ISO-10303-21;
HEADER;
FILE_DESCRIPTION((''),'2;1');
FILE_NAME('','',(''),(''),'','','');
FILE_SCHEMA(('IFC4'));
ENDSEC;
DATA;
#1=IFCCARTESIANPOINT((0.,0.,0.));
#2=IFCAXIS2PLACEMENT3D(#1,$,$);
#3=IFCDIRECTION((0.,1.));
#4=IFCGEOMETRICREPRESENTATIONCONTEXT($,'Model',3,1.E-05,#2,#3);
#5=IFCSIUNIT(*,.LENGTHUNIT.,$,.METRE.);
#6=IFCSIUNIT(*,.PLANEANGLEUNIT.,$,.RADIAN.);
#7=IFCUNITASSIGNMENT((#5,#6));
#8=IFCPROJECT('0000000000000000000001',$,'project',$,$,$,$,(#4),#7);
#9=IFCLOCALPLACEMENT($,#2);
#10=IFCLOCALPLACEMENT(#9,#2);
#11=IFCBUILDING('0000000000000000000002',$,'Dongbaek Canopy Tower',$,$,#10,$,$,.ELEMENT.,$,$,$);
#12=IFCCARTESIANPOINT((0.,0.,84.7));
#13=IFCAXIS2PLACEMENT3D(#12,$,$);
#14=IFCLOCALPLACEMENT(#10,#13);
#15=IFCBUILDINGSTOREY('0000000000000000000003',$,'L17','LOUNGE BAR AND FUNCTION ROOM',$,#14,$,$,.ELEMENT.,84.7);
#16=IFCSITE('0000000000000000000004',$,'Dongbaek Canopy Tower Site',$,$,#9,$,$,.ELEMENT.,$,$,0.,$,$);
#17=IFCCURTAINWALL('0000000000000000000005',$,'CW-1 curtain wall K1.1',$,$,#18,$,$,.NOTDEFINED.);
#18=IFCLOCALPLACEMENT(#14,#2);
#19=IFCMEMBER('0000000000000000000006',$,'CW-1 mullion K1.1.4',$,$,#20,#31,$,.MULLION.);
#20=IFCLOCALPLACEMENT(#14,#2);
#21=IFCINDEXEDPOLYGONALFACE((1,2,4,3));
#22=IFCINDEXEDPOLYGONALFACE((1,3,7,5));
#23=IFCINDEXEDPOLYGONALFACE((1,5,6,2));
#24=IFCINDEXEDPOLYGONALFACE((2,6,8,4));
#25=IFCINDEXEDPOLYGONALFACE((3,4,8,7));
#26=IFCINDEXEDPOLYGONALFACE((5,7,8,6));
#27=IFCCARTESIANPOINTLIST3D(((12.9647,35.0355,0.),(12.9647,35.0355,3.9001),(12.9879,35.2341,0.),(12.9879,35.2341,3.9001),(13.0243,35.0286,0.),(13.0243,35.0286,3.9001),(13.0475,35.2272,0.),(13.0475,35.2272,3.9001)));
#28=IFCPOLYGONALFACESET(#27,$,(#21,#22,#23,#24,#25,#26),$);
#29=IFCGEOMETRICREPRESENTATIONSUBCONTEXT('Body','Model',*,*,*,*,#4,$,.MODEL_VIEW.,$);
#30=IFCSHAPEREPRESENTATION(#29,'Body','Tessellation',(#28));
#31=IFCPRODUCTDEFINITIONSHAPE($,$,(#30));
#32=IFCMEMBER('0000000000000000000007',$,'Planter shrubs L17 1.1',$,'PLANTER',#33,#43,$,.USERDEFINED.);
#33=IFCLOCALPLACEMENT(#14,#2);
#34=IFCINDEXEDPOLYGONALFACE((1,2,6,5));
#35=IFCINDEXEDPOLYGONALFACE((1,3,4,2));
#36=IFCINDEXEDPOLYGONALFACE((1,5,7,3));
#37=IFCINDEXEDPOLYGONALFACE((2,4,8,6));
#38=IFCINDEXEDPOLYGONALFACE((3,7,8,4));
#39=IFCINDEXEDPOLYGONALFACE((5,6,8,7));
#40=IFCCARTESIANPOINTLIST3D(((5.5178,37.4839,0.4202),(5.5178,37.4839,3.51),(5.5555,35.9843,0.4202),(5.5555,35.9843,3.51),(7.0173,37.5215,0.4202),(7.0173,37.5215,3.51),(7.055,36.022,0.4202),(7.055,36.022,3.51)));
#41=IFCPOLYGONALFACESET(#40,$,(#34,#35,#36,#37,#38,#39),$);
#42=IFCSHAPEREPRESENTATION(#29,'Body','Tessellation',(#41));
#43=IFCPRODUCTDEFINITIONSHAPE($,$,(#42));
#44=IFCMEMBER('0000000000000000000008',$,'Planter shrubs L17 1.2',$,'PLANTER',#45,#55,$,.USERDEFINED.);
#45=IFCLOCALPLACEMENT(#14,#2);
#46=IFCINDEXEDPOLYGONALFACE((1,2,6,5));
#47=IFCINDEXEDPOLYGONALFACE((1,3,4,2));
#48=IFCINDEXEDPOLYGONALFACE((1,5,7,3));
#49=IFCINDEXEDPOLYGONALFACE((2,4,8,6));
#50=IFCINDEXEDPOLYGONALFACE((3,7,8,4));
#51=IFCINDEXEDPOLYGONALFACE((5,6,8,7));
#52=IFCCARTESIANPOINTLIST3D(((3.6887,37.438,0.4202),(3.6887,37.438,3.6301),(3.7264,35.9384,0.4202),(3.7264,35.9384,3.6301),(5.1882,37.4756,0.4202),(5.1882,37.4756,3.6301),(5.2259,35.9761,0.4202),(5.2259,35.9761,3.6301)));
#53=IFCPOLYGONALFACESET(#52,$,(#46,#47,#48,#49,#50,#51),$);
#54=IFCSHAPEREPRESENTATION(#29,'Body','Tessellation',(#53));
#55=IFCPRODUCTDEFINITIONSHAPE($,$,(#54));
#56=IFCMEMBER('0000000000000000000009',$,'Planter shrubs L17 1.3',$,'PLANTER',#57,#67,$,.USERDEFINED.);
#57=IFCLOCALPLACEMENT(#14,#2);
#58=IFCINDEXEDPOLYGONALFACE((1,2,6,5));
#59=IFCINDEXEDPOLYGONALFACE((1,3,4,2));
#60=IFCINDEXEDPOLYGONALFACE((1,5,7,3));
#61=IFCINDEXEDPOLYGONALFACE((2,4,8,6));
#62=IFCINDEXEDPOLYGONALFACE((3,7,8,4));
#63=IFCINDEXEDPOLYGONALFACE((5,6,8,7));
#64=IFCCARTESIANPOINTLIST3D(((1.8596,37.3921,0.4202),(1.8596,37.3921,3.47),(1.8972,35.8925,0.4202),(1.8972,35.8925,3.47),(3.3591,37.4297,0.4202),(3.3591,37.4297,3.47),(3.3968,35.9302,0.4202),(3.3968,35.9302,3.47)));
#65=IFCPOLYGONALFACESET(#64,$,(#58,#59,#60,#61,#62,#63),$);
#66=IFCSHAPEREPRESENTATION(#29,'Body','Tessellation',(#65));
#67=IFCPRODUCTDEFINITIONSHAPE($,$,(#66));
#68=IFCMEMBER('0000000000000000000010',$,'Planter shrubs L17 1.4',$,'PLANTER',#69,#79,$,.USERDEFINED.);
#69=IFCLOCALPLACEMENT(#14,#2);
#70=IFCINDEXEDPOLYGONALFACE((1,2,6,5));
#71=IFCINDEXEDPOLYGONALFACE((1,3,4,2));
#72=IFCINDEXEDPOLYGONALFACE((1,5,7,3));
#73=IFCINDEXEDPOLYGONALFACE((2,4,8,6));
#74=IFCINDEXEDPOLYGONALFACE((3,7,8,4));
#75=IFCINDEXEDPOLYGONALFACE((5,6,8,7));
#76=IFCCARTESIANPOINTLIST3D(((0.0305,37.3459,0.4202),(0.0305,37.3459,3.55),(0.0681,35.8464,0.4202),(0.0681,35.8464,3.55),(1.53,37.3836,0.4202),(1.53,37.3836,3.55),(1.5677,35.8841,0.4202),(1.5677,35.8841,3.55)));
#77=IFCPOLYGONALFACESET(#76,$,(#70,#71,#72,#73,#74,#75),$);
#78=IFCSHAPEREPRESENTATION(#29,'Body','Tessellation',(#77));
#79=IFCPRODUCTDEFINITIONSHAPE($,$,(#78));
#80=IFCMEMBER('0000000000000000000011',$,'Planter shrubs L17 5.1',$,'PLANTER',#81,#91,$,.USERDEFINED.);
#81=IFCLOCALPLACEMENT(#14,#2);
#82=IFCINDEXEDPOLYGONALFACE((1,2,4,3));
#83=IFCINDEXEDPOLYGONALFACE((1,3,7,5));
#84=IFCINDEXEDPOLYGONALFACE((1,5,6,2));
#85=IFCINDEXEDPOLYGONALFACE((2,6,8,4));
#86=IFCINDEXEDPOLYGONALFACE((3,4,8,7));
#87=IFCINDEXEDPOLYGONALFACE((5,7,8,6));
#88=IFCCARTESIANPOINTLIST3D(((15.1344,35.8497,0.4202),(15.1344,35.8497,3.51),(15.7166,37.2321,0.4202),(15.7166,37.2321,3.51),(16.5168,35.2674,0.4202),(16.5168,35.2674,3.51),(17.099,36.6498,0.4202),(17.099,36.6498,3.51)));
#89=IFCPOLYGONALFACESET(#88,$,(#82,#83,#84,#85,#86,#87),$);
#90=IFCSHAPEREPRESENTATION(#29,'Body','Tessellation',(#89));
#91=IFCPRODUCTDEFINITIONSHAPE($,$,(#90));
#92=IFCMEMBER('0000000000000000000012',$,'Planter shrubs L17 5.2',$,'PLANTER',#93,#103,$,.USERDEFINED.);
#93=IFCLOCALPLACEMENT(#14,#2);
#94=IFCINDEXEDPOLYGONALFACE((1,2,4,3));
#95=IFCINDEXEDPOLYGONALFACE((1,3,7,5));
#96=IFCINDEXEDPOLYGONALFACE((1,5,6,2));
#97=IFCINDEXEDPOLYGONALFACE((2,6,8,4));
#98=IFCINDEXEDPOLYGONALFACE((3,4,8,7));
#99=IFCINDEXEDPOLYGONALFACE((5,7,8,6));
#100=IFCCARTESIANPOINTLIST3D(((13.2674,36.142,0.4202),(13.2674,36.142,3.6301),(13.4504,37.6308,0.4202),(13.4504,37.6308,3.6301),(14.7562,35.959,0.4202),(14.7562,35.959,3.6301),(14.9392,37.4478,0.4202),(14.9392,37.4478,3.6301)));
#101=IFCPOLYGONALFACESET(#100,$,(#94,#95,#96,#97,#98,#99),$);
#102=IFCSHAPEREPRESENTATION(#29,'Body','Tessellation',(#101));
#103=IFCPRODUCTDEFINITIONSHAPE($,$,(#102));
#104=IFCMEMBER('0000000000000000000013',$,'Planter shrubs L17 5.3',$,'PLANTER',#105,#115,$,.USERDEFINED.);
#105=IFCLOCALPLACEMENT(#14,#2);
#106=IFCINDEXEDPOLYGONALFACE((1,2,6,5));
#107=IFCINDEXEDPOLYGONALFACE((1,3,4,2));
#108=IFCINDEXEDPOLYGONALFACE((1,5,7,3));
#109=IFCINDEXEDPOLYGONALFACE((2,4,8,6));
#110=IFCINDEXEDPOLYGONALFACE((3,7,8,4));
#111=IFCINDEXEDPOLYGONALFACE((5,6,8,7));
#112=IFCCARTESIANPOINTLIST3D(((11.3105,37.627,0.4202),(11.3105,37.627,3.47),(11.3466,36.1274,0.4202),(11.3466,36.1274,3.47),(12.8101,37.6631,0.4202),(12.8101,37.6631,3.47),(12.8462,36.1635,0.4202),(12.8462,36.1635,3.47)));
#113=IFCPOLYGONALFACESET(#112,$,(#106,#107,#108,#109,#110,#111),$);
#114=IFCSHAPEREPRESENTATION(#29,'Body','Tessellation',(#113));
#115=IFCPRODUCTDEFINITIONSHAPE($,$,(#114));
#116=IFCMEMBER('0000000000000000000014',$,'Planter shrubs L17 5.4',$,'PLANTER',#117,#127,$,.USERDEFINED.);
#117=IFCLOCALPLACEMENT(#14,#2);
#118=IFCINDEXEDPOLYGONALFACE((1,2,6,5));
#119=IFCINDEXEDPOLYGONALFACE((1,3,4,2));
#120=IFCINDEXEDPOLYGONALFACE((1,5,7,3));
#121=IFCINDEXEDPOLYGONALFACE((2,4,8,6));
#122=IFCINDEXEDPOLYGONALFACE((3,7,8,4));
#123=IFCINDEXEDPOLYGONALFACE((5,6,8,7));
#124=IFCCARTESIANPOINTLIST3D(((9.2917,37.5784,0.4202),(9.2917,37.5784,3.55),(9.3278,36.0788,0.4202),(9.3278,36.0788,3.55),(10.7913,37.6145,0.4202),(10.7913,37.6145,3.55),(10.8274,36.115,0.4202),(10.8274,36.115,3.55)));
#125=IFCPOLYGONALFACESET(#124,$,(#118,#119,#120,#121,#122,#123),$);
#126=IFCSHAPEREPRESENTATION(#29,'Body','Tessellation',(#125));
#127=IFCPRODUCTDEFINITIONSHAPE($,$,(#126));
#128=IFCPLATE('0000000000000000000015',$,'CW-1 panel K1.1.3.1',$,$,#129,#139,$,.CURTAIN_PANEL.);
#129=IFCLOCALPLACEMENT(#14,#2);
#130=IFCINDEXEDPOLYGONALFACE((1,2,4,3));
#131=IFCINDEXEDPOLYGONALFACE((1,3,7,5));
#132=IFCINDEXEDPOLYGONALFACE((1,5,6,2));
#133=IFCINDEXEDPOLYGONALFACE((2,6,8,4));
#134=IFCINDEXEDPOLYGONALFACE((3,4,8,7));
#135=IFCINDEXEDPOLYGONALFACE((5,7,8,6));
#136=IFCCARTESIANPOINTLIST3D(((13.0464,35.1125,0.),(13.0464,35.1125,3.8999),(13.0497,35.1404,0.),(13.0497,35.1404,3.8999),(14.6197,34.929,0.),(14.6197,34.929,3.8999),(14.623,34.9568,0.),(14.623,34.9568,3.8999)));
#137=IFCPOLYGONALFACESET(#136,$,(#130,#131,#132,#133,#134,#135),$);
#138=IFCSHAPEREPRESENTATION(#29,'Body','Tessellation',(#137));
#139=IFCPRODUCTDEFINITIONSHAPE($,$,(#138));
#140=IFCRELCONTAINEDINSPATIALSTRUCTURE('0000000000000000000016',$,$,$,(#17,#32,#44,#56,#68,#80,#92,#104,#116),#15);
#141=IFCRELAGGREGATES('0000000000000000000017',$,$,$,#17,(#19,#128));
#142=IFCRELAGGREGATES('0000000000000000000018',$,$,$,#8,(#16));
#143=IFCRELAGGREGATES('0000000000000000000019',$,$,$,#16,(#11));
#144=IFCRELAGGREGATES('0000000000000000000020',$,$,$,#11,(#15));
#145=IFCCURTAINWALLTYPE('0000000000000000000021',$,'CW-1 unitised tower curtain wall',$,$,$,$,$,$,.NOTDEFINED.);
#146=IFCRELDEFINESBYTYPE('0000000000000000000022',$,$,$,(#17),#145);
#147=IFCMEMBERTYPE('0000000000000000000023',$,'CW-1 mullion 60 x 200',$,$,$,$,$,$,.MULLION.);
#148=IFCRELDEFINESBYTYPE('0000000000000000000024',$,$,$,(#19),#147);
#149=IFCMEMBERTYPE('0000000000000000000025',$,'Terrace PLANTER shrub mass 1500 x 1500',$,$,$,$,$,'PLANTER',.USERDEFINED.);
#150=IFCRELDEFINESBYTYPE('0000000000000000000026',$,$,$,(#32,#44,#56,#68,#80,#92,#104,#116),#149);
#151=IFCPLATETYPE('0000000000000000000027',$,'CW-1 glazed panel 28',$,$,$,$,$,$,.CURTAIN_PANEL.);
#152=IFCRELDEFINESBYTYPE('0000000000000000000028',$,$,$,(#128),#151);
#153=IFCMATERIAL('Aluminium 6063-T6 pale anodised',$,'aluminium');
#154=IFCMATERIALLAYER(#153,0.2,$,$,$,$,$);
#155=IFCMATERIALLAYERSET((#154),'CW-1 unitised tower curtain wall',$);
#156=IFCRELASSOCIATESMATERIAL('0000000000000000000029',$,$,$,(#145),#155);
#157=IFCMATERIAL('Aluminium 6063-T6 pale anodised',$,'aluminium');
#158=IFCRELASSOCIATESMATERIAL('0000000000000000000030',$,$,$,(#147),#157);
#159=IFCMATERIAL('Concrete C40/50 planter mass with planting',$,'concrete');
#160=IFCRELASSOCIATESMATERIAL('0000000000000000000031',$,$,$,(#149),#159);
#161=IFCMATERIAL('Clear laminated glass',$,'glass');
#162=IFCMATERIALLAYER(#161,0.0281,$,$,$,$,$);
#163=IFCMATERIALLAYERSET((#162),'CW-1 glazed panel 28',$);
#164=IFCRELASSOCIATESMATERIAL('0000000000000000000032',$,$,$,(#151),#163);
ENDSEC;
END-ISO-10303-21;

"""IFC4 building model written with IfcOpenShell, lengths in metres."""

from ifc_helpers import new_model, si_unit, direction, frame, origin, origin_2d, place, context, subcontext, project, spatial, rectangle, extrude, material, layer, layer_set, material_profile, profile_set, type_object, element, aggregate, save


model = new_model("IFC4")

# Units and contexts
model_context = context("Model", 3, precision=1e-05, world=origin(), true_north=direction((0.0, 1.0)))
body_context = subcontext(model_context, "Body", "Model", "MODEL_VIEW")
ifc_project = project(units=[si_unit("LENGTHUNIT", "METRE"), si_unit("PLANEANGLEUNIT", "RADIAN")], contexts=[model_context])

# Site, building, storey
site_placement = place(None, origin())
site = spatial("IfcSite", under=ifc_project, at=site_placement, Name="Dongbaek Canopy Tower Site", CompositionType="ELEMENT", RefElevation=0.0)
building_placement = place(site_placement, origin())
building = spatial("IfcBuilding", under=site, at=building_placement, Name="Dongbaek Canopy Tower", CompositionType="ELEMENT")
storey_placement = place(building_placement, frame((0.0, 0.0, 84.7)))
storey = spatial("IfcBuildingStorey", under=building, at=storey_placement, Name="L17", Description="LOUNGE BAR AND FUNCTION ROOM", CompositionType="ELEMENT", Elevation=84.7)

# Curtain wall, member
ifc_material_1 = material(Name="Aluminium 6063-T6 pale anodised", Category="aluminium")
ifc_layer_1 = layer(ifc_material_1, 0.2)
ifc_layer_set_1 = layer_set([ifc_layer_1], Name="CW-1 unitised tower curtain wall")
curtain_wall_type = type_object("IfcCurtainWallType", Name="CW-1 unitised tower curtain wall", PredefinedType="NOTDEFINED", material=ifc_layer_set_1)
curtain_wall_placement = place(storey_placement, origin())
curtain_wall = element("IfcCurtainWall", 1, at=curtain_wall_placement, inside=storey, type_object=curtain_wall_type, Name="CW-1 curtain wall K1.1", PredefinedType="NOTDEFINED")
ifc_material_2 = material(Name="Aluminium 6063-T6 pale anodised", Category="aluminium")
ifc_material_profile_1 = material_profile(ifc_material_2, rectangle(XDim=0.2, YDim=0.0601, at=origin_2d()), Name="CW-1 mullion 60 x 200")
ifc_profile_set_1 = profile_set([ifc_material_profile_1], Name="Aluminium 6063-T6 pale anodised")
member_type_1 = type_object("IfcMemberType", Name="CW-1 mullion 60 x 200", PredefinedType="MULLION", material=ifc_profile_set_1)
member_1_placement = place(storey_placement, frame((13.0061, 35.1313, 0.0), z_axis=(0.0, 0.0, 1.0), x_axis=(0.115864, 0.993265, 0.0)))
member_1 = element("IfcMember", 2, at=member_1_placement, type_object=member_type_1, Name="CW-1 mullion K1.1.4", PredefinedType="MULLION", context=body_context, shape_type="SweptSolid", body=[
    extrude(rectangle(XDim=0.2, YDim=0.0601, at=origin_2d()), origin(), (0.0, 0.0, 1.0), 3.9001),
])

# Members
ifc_material_3 = material(Name="Concrete C40/50 planter mass with planting", Category="concrete")
ifc_material_profile_2 = material_profile(ifc_material_3, rectangle(XDim=1.5, YDim=1.5, at=origin_2d()), Name="Terrace PLANTER shrub mass 1500 x 1500")
ifc_profile_set_2 = profile_set([ifc_material_profile_2], Name="Concrete C40/50 planter mass with planting")
member_type_2 = type_object("IfcMemberType", Name="Terrace PLANTER shrub mass 1500 x 1500", ElementType="PLANTER", PredefinedType="USERDEFINED", material=ifc_profile_set_2)
member_2_placement = place(storey_placement, frame((6.2864, 36.7529, 0.4202), z_axis=(0.0, 0.0, 1.0), x_axis=(-0.025119, 0.999684, 0.0)))
element("IfcMember", 3, at=member_2_placement, inside=storey, type_object=member_type_2, Name="Planter shrubs L17 1.1", ObjectType="PLANTER", PredefinedType="USERDEFINED", context=body_context, shape_type="SweptSolid", body=[
    extrude(rectangle(XDim=1.5, YDim=1.5, at=origin_2d()), origin(), (0.0, 0.0, 1.0), 3.0898),
])
member_3_placement = place(storey_placement, frame((4.4573, 36.707, 0.4202), z_axis=(0.0, 0.0, 1.0), x_axis=(-0.025119, 0.999684, 0.0)))
element("IfcMember", 4, at=member_3_placement, inside=storey, type_object=member_type_2, Name="Planter shrubs L17 1.2", ObjectType="PLANTER", PredefinedType="USERDEFINED", context=body_context, shape_type="SweptSolid", body=[
    extrude(rectangle(XDim=1.5, YDim=1.5, at=origin_2d()), origin(), (0.0, 0.0, 1.0), 3.21),
])
member_4_placement = place(storey_placement, frame((2.6282, 36.6611, 0.4202), z_axis=(0.0, 0.0, 1.0), x_axis=(-0.025119, 0.999684, 0.0)))
element("IfcMember", 5, at=member_4_placement, inside=storey, type_object=member_type_2, Name="Planter shrubs L17 1.3", ObjectType="PLANTER", PredefinedType="USERDEFINED", context=body_context, shape_type="SweptSolid", body=[
    extrude(rectangle(XDim=1.5, YDim=1.5, at=origin_2d()), origin(), (0.0, 0.0, 1.0), 3.0498),
])
member_5_placement = place(storey_placement, frame((0.7991, 36.615, 0.4202), z_axis=(0.0, 0.0, 1.0), x_axis=(-0.025119, 0.999684, 0.0)))
element("IfcMember", 6, at=member_5_placement, inside=storey, type_object=member_type_2, Name="Planter shrubs L17 1.4", ObjectType="PLANTER", PredefinedType="USERDEFINED", context=body_context, shape_type="SweptSolid", body=[
    extrude(rectangle(XDim=1.5, YDim=1.5, at=origin_2d()), origin(), (0.0, 0.0, 1.0), 3.1299),
])
member_6_placement = place(storey_placement, frame((16.1167, 36.2498, 0.4202), z_axis=(0.0, 0.0, 1.0), x_axis=(0.388145, 0.921598, 0.0)))
element("IfcMember", 7, at=member_6_placement, inside=storey, type_object=member_type_2, Name="Planter shrubs L17 5.1", ObjectType="PLANTER", PredefinedType="USERDEFINED", context=body_context, shape_type="SweptSolid", body=[
    extrude(rectangle(XDim=1.5, YDim=1.5, at=origin_2d()), origin(), (0.0, 0.0, 1.0), 3.0898),
])
member_7_placement = place(storey_placement, frame((14.1033, 36.7949, 0.4202), z_axis=(0.0, 0.0, 1.0), x_axis=(0.121986, 0.992532, 0.0)))
element("IfcMember", 8, at=member_7_placement, inside=storey, type_object=member_type_2, Name="Planter shrubs L17 5.2", ObjectType="PLANTER", PredefinedType="USERDEFINED", context=body_context, shape_type="SweptSolid", body=[
    extrude(rectangle(XDim=1.5, YDim=1.5, at=origin_2d()), origin(), (0.0, 0.0, 1.0), 3.21),
])
member_8_placement = place(storey_placement, frame((12.0784, 36.8953, 0.4202), z_axis=(0.0, 0.0, 1.0), x_axis=(-0.024076, 0.99971, 0.0)))
element("IfcMember", 9, at=member_8_placement, inside=storey, type_object=member_type_2, Name="Planter shrubs L17 5.3", ObjectType="PLANTER", PredefinedType="USERDEFINED", context=body_context, shape_type="SweptSolid", body=[
    extrude(rectangle(XDim=1.5, YDim=1.5, at=origin_2d()), origin(), (0.0, 0.0, 1.0), 3.0498),
])
member_9_placement = place(storey_placement, frame((10.0596, 36.8467, 0.4202), z_axis=(0.0, 0.0, 1.0), x_axis=(-0.024076, 0.99971, 0.0)))
element("IfcMember", 10, at=member_9_placement, inside=storey, type_object=member_type_2, Name="Planter shrubs L17 5.4", ObjectType="PLANTER", PredefinedType="USERDEFINED", context=body_context, shape_type="SweptSolid", body=[
    extrude(rectangle(XDim=1.5, YDim=1.5, at=origin_2d()), origin(), (0.0, 0.0, 1.0), 3.1299),
])

# Plate
ifc_material_4 = material(Name="Clear laminated glass", Category="glass")
ifc_layer_2 = layer(ifc_material_4, 0.0281)
ifc_layer_set_2 = layer_set([ifc_layer_2], Name="CW-1 glazed panel 28")
plate_type = type_object("IfcPlateType", Name="CW-1 glazed panel 28", PredefinedType="CURTAIN_PANEL", material=ifc_layer_set_2)
plate_placement = place(storey_placement, frame((13.8347, 35.0347, 0.0), z_axis=(0.0, 0.0, 1.0), x_axis=(-0.993265, 0.115864, 0.0)))
plate = element("IfcPlate", 11, at=plate_placement, type_object=plate_type, Name="CW-1 panel K1.1.3.1", PredefinedType="CURTAIN_PANEL", context=body_context, shape_type="SweptSolid", body=[
    extrude(rectangle(XDim=1.584, YDim=0.0281, at=origin_2d()), origin(), (0.0, 0.0, 1.0), 3.8999),
])
aggregate(curtain_wall, [member_1, plate])

save(model, "model.ifc")
